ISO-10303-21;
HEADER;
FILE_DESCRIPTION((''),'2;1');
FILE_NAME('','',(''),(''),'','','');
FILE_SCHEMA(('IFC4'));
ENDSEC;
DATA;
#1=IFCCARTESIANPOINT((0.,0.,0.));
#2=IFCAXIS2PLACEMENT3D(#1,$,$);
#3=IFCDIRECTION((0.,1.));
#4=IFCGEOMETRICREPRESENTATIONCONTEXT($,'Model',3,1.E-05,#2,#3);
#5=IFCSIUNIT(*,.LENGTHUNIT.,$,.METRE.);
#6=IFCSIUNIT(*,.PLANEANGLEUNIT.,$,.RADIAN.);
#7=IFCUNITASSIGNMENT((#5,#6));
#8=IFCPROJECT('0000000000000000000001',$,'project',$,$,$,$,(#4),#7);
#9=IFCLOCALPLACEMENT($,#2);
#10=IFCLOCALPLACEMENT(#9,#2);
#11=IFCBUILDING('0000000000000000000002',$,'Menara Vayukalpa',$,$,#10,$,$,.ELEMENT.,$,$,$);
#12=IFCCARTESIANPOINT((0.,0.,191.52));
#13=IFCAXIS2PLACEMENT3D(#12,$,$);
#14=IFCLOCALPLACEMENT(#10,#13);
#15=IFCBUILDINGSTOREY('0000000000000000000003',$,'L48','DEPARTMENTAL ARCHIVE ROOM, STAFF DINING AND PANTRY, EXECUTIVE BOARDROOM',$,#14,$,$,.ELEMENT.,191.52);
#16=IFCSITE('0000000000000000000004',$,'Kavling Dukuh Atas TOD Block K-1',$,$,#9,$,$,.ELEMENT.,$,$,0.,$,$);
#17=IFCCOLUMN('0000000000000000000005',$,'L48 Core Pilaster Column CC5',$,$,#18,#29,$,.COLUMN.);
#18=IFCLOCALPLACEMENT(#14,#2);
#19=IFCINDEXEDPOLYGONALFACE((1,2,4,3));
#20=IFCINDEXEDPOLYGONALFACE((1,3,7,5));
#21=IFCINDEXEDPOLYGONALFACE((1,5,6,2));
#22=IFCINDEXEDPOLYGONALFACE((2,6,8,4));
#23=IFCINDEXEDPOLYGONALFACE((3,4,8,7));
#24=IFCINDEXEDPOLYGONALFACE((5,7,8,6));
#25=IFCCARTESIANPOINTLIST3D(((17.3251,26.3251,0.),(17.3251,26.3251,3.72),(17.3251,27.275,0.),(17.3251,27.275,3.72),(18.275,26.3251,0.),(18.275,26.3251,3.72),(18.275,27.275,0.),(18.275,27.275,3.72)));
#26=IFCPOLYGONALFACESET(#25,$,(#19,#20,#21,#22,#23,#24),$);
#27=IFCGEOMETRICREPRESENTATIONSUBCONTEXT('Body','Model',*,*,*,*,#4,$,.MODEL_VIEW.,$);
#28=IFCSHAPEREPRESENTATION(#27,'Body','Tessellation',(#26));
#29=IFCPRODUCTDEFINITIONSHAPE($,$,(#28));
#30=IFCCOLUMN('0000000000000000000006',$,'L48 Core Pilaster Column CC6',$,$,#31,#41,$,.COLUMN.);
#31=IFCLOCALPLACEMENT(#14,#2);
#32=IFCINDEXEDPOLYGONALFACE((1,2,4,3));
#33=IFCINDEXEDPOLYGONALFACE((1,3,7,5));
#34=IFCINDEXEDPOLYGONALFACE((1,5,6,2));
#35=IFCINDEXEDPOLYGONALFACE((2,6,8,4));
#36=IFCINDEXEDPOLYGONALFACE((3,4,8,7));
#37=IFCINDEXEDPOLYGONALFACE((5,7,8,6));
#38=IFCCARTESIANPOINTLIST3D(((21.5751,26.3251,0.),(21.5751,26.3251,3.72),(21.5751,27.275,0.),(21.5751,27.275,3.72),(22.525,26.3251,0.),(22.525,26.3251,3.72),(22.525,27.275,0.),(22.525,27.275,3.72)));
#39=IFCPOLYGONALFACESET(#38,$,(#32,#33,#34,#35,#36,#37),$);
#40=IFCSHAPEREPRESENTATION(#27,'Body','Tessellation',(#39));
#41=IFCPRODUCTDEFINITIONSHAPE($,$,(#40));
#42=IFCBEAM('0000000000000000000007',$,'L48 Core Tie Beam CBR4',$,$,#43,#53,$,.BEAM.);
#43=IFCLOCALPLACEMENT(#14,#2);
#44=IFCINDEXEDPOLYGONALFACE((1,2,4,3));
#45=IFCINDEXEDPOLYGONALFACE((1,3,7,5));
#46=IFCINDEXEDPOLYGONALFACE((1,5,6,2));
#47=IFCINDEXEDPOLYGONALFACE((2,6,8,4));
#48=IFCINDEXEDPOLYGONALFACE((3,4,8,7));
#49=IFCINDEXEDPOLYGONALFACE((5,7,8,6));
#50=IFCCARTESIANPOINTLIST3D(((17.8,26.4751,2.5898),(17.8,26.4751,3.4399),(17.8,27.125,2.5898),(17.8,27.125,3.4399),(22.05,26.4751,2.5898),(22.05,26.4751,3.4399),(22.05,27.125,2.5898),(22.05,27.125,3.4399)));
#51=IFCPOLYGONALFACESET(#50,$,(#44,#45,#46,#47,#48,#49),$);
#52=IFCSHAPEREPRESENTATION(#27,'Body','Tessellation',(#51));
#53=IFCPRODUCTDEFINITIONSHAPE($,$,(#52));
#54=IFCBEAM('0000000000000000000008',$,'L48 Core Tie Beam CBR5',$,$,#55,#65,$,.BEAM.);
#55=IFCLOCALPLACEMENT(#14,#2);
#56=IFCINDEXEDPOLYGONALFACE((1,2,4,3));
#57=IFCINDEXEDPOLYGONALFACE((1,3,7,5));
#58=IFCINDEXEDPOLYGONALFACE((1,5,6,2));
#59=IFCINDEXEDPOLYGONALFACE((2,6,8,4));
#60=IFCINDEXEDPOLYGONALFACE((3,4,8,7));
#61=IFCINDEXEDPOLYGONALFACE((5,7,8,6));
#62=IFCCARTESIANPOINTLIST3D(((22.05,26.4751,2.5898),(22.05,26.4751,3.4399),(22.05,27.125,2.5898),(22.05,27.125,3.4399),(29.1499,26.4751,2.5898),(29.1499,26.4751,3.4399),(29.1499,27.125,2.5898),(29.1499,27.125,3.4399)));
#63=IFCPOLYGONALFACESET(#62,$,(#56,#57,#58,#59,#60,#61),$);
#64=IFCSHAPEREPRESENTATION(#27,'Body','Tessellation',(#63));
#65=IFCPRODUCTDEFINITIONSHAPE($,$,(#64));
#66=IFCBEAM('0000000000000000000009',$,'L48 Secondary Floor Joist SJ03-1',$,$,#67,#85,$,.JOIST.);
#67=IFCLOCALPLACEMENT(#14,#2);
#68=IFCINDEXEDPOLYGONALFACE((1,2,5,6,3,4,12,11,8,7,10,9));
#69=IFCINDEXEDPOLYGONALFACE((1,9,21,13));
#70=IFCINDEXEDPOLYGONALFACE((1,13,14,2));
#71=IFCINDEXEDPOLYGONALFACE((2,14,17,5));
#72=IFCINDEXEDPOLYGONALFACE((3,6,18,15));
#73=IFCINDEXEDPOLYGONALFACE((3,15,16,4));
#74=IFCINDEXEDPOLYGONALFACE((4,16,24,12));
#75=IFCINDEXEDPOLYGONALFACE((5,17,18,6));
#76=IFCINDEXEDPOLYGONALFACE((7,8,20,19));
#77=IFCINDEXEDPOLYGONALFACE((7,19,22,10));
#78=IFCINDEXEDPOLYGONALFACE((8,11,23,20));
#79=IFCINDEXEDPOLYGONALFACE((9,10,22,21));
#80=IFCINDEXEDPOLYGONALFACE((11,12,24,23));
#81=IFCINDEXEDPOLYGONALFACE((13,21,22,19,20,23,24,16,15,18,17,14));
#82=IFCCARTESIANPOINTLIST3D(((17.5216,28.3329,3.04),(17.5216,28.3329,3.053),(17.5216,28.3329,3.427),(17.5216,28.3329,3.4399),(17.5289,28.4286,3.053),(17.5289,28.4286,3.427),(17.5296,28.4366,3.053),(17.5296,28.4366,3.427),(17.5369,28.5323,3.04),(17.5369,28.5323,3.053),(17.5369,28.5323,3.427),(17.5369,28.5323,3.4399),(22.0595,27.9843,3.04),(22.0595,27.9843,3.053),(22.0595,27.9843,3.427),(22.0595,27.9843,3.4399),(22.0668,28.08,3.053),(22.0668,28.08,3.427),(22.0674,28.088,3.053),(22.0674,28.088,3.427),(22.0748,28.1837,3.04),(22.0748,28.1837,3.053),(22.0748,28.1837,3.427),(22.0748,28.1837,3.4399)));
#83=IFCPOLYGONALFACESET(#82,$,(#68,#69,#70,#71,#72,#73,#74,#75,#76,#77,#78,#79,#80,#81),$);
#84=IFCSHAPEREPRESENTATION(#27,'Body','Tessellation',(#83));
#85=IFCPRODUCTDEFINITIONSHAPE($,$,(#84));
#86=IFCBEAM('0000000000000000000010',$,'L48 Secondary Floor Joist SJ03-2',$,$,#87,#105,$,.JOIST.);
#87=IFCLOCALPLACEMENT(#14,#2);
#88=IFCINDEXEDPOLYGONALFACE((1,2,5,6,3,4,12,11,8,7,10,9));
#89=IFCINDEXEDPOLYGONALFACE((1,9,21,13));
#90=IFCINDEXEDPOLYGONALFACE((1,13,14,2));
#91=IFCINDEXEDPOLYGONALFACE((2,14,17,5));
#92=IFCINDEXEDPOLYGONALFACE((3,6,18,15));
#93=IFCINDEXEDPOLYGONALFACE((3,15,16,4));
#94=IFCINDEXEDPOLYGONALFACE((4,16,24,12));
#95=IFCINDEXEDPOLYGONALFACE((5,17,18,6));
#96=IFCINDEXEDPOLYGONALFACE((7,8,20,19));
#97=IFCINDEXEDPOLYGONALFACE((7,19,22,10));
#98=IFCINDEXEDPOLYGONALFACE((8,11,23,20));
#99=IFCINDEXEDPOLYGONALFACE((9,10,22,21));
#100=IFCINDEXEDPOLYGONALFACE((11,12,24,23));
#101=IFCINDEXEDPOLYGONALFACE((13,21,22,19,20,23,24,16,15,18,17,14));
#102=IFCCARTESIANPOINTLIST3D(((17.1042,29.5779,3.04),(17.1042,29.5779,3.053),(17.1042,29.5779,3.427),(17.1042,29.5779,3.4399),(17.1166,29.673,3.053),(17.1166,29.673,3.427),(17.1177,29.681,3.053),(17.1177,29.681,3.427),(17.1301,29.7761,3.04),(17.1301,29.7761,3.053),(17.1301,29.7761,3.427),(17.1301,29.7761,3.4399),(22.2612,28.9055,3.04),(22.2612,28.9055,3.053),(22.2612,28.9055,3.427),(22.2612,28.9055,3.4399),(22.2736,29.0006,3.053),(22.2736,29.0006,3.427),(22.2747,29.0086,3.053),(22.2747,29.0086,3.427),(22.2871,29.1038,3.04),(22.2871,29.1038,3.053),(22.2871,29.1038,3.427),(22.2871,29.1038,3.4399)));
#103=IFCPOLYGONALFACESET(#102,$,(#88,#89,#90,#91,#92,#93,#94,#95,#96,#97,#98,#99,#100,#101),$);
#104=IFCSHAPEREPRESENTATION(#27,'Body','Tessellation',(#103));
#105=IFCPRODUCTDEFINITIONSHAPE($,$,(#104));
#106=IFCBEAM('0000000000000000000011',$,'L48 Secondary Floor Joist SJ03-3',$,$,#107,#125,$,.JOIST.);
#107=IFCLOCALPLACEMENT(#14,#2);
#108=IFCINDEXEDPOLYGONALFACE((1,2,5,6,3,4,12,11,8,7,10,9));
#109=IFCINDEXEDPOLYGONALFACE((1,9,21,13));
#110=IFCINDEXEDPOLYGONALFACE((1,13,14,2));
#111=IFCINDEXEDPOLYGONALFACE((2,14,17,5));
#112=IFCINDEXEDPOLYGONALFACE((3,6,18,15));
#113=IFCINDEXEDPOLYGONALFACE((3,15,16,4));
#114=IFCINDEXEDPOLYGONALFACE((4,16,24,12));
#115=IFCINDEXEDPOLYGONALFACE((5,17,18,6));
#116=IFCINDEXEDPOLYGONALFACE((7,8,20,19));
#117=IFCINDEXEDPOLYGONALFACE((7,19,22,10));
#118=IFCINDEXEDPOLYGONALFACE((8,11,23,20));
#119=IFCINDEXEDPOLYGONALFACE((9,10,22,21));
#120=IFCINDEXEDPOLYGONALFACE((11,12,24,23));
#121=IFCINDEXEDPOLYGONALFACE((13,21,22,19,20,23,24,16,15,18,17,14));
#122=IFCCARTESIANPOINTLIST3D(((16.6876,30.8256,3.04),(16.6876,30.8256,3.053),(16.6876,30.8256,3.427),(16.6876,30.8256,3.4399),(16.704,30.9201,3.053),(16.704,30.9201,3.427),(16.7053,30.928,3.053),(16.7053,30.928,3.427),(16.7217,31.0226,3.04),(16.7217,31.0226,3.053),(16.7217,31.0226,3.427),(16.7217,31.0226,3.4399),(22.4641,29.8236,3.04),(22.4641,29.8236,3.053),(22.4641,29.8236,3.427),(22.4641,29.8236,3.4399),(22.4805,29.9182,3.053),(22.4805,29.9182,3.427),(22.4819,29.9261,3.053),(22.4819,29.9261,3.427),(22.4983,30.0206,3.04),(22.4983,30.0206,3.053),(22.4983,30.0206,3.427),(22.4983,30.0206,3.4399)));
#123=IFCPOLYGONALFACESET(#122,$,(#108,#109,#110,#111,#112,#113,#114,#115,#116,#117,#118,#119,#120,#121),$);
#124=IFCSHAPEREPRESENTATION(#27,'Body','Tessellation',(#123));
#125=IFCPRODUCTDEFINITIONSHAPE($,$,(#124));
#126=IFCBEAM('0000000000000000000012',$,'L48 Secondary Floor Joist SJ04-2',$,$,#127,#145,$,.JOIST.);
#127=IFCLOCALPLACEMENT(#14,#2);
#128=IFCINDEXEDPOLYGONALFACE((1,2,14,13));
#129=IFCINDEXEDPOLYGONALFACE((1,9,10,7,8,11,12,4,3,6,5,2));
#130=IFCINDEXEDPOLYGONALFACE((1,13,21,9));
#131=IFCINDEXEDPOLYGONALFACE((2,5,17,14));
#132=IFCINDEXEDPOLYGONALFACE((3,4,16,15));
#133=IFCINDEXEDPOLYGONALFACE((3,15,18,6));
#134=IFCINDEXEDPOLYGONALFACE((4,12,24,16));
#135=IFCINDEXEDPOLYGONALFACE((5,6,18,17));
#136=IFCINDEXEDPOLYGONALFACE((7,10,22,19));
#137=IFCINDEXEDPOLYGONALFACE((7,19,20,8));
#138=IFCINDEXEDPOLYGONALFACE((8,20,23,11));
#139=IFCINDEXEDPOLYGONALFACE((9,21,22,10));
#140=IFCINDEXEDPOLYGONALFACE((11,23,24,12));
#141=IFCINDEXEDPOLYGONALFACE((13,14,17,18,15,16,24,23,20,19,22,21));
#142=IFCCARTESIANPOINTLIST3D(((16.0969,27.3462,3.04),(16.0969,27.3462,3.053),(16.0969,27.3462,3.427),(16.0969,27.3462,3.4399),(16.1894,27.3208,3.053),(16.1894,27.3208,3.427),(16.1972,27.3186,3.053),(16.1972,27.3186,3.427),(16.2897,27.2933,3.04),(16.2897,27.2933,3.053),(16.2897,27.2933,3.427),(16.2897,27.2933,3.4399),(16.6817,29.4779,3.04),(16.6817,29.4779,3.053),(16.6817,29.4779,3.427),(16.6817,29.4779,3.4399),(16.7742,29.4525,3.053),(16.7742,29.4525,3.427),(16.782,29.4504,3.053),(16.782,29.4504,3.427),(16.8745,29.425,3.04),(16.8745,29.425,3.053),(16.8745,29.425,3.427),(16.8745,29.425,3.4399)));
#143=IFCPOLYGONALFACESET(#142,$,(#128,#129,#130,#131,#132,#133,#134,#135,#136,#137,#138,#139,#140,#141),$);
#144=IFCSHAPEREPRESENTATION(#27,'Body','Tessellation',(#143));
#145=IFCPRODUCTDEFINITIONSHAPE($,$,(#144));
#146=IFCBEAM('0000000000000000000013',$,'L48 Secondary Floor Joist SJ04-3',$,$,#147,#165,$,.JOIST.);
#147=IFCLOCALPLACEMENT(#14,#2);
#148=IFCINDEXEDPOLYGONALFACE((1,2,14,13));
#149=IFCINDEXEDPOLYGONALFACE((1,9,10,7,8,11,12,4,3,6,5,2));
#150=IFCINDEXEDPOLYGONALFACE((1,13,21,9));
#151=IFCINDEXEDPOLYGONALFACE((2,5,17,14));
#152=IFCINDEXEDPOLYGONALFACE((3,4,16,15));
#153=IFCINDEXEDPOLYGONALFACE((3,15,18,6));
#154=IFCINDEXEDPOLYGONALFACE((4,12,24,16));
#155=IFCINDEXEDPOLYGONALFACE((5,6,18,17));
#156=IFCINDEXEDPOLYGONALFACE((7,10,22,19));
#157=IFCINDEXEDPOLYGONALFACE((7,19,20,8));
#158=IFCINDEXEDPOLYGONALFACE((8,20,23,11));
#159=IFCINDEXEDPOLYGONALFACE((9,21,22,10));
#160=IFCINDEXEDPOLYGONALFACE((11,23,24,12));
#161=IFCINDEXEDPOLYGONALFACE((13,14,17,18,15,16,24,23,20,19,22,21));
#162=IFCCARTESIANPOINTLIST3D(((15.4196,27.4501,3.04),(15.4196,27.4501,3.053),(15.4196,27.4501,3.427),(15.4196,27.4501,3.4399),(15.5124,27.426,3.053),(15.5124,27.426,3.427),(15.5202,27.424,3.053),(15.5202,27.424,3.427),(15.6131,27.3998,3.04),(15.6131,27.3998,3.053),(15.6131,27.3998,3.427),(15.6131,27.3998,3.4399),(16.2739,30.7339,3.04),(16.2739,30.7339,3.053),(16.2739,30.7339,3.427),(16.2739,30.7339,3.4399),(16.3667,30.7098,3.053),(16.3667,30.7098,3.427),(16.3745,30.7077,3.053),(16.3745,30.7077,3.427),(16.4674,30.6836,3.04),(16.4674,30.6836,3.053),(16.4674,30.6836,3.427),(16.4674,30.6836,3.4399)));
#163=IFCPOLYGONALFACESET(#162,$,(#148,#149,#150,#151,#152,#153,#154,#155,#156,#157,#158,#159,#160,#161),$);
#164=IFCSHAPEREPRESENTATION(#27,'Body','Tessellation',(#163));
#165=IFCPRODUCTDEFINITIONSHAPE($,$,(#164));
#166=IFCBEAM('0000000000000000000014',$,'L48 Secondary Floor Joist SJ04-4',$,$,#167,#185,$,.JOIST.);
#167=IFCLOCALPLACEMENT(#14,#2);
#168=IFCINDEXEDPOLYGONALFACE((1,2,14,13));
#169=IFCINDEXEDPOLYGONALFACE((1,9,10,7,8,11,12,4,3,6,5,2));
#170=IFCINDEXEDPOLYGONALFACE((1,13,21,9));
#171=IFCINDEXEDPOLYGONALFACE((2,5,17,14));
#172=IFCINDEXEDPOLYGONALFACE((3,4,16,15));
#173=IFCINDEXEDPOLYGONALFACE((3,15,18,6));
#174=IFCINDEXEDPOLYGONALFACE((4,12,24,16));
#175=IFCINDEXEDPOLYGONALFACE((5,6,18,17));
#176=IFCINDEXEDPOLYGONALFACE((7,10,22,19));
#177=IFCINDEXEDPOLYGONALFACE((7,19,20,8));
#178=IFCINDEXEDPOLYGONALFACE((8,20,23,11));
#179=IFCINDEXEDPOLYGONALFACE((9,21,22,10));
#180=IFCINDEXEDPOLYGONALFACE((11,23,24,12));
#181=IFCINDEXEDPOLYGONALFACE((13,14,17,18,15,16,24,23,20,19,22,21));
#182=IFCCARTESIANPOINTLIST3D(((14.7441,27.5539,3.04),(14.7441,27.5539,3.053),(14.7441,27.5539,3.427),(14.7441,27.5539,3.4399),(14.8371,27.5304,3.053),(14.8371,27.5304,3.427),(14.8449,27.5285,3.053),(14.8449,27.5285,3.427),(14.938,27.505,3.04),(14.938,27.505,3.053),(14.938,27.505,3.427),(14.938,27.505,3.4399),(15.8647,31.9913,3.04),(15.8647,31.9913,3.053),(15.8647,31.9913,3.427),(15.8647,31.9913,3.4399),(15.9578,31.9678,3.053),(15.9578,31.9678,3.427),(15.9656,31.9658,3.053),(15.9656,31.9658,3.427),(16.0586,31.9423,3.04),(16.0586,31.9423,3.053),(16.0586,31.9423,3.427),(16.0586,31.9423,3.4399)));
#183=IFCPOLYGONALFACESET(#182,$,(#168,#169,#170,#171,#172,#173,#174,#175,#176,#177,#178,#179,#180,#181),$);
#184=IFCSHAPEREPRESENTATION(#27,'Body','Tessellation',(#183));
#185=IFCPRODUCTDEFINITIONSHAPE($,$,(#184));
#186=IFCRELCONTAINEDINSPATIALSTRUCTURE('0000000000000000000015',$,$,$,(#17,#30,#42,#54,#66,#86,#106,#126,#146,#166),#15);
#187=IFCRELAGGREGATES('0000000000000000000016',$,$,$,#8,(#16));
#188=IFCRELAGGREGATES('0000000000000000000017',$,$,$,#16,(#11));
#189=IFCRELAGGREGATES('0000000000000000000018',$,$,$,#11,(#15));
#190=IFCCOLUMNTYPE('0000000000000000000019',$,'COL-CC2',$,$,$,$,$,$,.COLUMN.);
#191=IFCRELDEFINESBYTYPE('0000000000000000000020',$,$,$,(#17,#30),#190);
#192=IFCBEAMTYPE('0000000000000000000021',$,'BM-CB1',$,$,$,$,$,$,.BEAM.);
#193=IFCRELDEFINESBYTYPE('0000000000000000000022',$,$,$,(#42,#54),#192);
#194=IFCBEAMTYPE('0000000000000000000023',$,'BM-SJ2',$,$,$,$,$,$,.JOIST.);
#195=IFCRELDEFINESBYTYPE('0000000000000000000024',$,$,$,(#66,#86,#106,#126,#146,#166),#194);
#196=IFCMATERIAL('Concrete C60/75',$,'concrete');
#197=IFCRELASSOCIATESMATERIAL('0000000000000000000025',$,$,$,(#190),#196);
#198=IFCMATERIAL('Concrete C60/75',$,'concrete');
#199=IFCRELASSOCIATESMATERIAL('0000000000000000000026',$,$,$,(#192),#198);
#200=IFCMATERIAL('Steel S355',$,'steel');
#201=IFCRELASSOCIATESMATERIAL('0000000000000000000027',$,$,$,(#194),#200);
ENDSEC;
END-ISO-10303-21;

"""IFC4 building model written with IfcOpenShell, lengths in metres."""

from ifc_helpers import new_model, si_unit, direction, frame, origin, origin_2d, place, context, subcontext, project, spatial, rectangle, i_section, extrude, material, material_profile, profile_set, type_object, element, save


model = new_model("IFC4")

# Units and contexts
model_context = context("Model", 3, precision=1e-05, world=origin(), true_north=direction((0.0, 1.0)))
body_context = subcontext(model_context, "Body", "Model", "MODEL_VIEW")
ifc_project = project(units=[si_unit("LENGTHUNIT", "METRE"), si_unit("PLANEANGLEUNIT", "RADIAN")], contexts=[model_context])

# Site, building, storey
site_placement = place(None, origin())
site = spatial("IfcSite", under=ifc_project, at=site_placement, Name="Kavling Dukuh Atas TOD Block K-1", CompositionType="ELEMENT", RefElevation=0.0)
building_placement = place(site_placement, origin())
building = spatial("IfcBuilding", under=site, at=building_placement, Name="Menara Vayukalpa", CompositionType="ELEMENT")
storey_placement = place(building_placement, frame((0.0, 0.0, 191.52)))
storey = spatial("IfcBuildingStorey", under=building, at=storey_placement, Name="L48", Description="DEPARTMENTAL ARCHIVE ROOM, STAFF DINING AND PANTRY, EXECUTIVE BOARDROOM", CompositionType="ELEMENT", Elevation=191.52)

# Columns
ifc_material_1 = material(Name="Concrete C60/75", Category="concrete")
ifc_material_profile_1 = material_profile(ifc_material_1, rectangle(XDim=0.95, YDim=0.95, at=origin_2d()), Name="RC 950x950")
ifc_profile_set_1 = profile_set([ifc_material_profile_1], Name="Concrete C60/75")
column_type = type_object("IfcColumnType", Name="COL-CC2", PredefinedType="COLUMN", material=ifc_profile_set_1)
for number, where, z_axis, x_axis, name in (
    (1, (17.8, 26.8, 0.0), (0.0, 0.0, 1.0), (1.0, 0.0, 0.0), "L48 Core Pilaster Column CC5"),
    (2, (22.05, 26.8, 0.0), (0.0, 0.0, 1.0), (1.0, 0.0, 0.0), "L48 Core Pilaster Column CC6"),
):
    element("IfcColumn", number, at=place(storey_placement, frame(where, z_axis=z_axis, x_axis=x_axis)), inside=storey, type_object=column_type, Name=name, PredefinedType="COLUMN", context=body_context, shape_type="SweptSolid", body=[
        extrude(rectangle(XDim=0.95, YDim=0.95, at=origin_2d()), origin(), (0.0, 0.0, 1.0), 3.72),
    ])

# Beams
ifc_material_2 = material(Name="Concrete C60/75", Category="concrete")
ifc_material_profile_2 = material_profile(ifc_material_2, rectangle(XDim=0.6499, YDim=0.8501, at=origin_2d()), Name="RC 650x850")
ifc_profile_set_2 = profile_set([ifc_material_profile_2], Name="Concrete C60/75")
beam_type_1 = type_object("IfcBeamType", Name="BM-CB1", PredefinedType="BEAM", material=ifc_profile_set_2)
beam_1_placement = place(storey_placement, frame((17.8, 26.8, 3.0149), z_axis=(1.0, 0.0, 0.0), x_axis=(0.0, 1.0, 0.0)))
element("IfcBeam", 3, at=beam_1_placement, inside=storey, type_object=beam_type_1, Name="L48 Core Tie Beam CBR4", PredefinedType="BEAM", context=body_context, shape_type="SweptSolid", body=[
    extrude(rectangle(XDim=0.6499, YDim=0.8501, at=origin_2d()), origin(), (0.0, 0.0, 1.0), 4.25),
])
beam_2_placement = place(storey_placement, frame((22.05, 26.8, 3.0149), z_axis=(1.0, 0.0, 0.0), x_axis=(0.0, 1.0, 0.0)))
element("IfcBeam", 4, at=beam_2_placement, inside=storey, type_object=beam_type_1, Name="L48 Core Tie Beam CBR5", PredefinedType="BEAM", context=body_context, shape_type="SweptSolid", body=[
    extrude(rectangle(XDim=0.6499, YDim=0.8501, at=origin_2d()), origin(), (0.0, 0.0, 1.0), 7.0999),
])
ifc_material_3 = material(Name="Steel S355", Category="steel")
ifc_material_profile_3 = material_profile(ifc_material_3, i_section(OverallWidth=0.2, OverallDepth=0.3999, WebThickness=0.0081, FlangeThickness=0.0129, at=origin_2d()), Name="WF 400x200x8x13")
ifc_profile_set_3 = profile_set([ifc_material_profile_3], Name="Steel S355")
beam_type_2 = type_object("IfcBeamType", Name="BM-SJ2", PredefinedType="JOIST", material=ifc_profile_set_3)
beam_3_placement = place(storey_placement, frame((22.0671, 28.084, 3.24), z_axis=(-0.997062, 0.076602, 0.0), x_axis=(-0.076602, -0.997062, 0.0)))
element("IfcBeam", 5, at=beam_3_placement, inside=storey, type_object=beam_type_2, Name="L48 Secondary Floor Joist SJ03-1", PredefinedType="JOIST", context=body_context, shape_type="SweptSolid", body=[
    extrude(i_section(OverallWidth=0.2, OverallDepth=0.3999, WebThickness=0.0081, FlangeThickness=0.0129, at=origin_2d()), origin(), (0.0, 0.0, 1.0), 4.5513),
])
beam_4_placement = place(storey_placement, frame((22.2742, 29.0046, 3.24), z_axis=(-0.991607, 0.129285, 0.0), x_axis=(-0.129285, -0.991607, 0.0)))
element("IfcBeam", 6, at=beam_4_placement, inside=storey, type_object=beam_type_2, Name="L48 Secondary Floor Joist SJ03-2", PredefinedType="JOIST", context=body_context, shape_type="SweptSolid", body=[
    extrude(i_section(OverallWidth=0.2, OverallDepth=0.3999, WebThickness=0.0081, FlangeThickness=0.0129, at=origin_2d()), origin(), (0.0, 0.0, 1.0), 5.2007),
])
beam_5_placement = place(storey_placement, frame((22.4812, 29.9221, 3.24), z_axis=(-0.985289, 0.170898, 0.0), x_axis=(-0.170898, -0.985289, 0.0)))
element("IfcBeam", 7, at=beam_5_placement, inside=storey, type_object=beam_type_2, Name="L48 Secondary Floor Joist SJ03-3", PredefinedType="JOIST", context=body_context, shape_type="SweptSolid", body=[
    extrude(i_section(OverallWidth=0.2, OverallDepth=0.3999, WebThickness=0.0081, FlangeThickness=0.0129, at=origin_2d()), origin(), (0.0, 0.0, 1.0), 5.8628),
])
beam_6_placement = place(storey_placement, frame((16.7781, 29.4514, 3.24), z_axis=(-0.264538, -0.964375, 0.0), x_axis=(0.964375, -0.264538, 0.0)))
element("IfcBeam", 8, at=beam_6_placement, inside=storey, type_object=beam_type_2, Name="L48 Secondary Floor Joist SJ04-2", PredefinedType="JOIST", context=body_context, shape_type="SweptSolid", body=[
    extrude(i_section(OverallWidth=0.2, OverallDepth=0.3999, WebThickness=0.0081, FlangeThickness=0.0129, at=origin_2d()), origin(), (0.0, 0.0, 1.0), 2.2104),
])
beam_7_placement = place(storey_placement, frame((16.3706, 30.7087, 3.24), z_axis=(-0.251769, -0.967787, 0.0), x_axis=(0.967787, -0.251769, 0.0)))
element("IfcBeam", 9, at=beam_7_placement, inside=storey, type_object=beam_type_2, Name="L48 Secondary Floor Joist SJ04-3", PredefinedType="JOIST", context=body_context, shape_type="SweptSolid", body=[
    extrude(i_section(OverallWidth=0.2, OverallDepth=0.3999, WebThickness=0.0081, FlangeThickness=0.0129, at=origin_2d()), origin(), (0.0, 0.0, 1.0), 3.3931),
])
beam_8_placement = place(storey_placement, frame((15.9617, 31.9668, 3.24), z_axis=(-0.244857, -0.969559, 0.0), x_axis=(0.969559, -0.244857, 0.0)))
element("IfcBeam", 10, at=beam_8_placement, inside=storey, type_object=beam_type_2, Name="L48 Secondary Floor Joist SJ04-4", PredefinedType="JOIST", context=body_context, shape_type="SweptSolid", body=[
    extrude(i_section(OverallWidth=0.2, OverallDepth=0.3999, WebThickness=0.0081, FlangeThickness=0.0129, at=origin_2d()), origin(), (0.0, 0.0, 1.0), 4.5767),
])

save(model, "model.ifc")
